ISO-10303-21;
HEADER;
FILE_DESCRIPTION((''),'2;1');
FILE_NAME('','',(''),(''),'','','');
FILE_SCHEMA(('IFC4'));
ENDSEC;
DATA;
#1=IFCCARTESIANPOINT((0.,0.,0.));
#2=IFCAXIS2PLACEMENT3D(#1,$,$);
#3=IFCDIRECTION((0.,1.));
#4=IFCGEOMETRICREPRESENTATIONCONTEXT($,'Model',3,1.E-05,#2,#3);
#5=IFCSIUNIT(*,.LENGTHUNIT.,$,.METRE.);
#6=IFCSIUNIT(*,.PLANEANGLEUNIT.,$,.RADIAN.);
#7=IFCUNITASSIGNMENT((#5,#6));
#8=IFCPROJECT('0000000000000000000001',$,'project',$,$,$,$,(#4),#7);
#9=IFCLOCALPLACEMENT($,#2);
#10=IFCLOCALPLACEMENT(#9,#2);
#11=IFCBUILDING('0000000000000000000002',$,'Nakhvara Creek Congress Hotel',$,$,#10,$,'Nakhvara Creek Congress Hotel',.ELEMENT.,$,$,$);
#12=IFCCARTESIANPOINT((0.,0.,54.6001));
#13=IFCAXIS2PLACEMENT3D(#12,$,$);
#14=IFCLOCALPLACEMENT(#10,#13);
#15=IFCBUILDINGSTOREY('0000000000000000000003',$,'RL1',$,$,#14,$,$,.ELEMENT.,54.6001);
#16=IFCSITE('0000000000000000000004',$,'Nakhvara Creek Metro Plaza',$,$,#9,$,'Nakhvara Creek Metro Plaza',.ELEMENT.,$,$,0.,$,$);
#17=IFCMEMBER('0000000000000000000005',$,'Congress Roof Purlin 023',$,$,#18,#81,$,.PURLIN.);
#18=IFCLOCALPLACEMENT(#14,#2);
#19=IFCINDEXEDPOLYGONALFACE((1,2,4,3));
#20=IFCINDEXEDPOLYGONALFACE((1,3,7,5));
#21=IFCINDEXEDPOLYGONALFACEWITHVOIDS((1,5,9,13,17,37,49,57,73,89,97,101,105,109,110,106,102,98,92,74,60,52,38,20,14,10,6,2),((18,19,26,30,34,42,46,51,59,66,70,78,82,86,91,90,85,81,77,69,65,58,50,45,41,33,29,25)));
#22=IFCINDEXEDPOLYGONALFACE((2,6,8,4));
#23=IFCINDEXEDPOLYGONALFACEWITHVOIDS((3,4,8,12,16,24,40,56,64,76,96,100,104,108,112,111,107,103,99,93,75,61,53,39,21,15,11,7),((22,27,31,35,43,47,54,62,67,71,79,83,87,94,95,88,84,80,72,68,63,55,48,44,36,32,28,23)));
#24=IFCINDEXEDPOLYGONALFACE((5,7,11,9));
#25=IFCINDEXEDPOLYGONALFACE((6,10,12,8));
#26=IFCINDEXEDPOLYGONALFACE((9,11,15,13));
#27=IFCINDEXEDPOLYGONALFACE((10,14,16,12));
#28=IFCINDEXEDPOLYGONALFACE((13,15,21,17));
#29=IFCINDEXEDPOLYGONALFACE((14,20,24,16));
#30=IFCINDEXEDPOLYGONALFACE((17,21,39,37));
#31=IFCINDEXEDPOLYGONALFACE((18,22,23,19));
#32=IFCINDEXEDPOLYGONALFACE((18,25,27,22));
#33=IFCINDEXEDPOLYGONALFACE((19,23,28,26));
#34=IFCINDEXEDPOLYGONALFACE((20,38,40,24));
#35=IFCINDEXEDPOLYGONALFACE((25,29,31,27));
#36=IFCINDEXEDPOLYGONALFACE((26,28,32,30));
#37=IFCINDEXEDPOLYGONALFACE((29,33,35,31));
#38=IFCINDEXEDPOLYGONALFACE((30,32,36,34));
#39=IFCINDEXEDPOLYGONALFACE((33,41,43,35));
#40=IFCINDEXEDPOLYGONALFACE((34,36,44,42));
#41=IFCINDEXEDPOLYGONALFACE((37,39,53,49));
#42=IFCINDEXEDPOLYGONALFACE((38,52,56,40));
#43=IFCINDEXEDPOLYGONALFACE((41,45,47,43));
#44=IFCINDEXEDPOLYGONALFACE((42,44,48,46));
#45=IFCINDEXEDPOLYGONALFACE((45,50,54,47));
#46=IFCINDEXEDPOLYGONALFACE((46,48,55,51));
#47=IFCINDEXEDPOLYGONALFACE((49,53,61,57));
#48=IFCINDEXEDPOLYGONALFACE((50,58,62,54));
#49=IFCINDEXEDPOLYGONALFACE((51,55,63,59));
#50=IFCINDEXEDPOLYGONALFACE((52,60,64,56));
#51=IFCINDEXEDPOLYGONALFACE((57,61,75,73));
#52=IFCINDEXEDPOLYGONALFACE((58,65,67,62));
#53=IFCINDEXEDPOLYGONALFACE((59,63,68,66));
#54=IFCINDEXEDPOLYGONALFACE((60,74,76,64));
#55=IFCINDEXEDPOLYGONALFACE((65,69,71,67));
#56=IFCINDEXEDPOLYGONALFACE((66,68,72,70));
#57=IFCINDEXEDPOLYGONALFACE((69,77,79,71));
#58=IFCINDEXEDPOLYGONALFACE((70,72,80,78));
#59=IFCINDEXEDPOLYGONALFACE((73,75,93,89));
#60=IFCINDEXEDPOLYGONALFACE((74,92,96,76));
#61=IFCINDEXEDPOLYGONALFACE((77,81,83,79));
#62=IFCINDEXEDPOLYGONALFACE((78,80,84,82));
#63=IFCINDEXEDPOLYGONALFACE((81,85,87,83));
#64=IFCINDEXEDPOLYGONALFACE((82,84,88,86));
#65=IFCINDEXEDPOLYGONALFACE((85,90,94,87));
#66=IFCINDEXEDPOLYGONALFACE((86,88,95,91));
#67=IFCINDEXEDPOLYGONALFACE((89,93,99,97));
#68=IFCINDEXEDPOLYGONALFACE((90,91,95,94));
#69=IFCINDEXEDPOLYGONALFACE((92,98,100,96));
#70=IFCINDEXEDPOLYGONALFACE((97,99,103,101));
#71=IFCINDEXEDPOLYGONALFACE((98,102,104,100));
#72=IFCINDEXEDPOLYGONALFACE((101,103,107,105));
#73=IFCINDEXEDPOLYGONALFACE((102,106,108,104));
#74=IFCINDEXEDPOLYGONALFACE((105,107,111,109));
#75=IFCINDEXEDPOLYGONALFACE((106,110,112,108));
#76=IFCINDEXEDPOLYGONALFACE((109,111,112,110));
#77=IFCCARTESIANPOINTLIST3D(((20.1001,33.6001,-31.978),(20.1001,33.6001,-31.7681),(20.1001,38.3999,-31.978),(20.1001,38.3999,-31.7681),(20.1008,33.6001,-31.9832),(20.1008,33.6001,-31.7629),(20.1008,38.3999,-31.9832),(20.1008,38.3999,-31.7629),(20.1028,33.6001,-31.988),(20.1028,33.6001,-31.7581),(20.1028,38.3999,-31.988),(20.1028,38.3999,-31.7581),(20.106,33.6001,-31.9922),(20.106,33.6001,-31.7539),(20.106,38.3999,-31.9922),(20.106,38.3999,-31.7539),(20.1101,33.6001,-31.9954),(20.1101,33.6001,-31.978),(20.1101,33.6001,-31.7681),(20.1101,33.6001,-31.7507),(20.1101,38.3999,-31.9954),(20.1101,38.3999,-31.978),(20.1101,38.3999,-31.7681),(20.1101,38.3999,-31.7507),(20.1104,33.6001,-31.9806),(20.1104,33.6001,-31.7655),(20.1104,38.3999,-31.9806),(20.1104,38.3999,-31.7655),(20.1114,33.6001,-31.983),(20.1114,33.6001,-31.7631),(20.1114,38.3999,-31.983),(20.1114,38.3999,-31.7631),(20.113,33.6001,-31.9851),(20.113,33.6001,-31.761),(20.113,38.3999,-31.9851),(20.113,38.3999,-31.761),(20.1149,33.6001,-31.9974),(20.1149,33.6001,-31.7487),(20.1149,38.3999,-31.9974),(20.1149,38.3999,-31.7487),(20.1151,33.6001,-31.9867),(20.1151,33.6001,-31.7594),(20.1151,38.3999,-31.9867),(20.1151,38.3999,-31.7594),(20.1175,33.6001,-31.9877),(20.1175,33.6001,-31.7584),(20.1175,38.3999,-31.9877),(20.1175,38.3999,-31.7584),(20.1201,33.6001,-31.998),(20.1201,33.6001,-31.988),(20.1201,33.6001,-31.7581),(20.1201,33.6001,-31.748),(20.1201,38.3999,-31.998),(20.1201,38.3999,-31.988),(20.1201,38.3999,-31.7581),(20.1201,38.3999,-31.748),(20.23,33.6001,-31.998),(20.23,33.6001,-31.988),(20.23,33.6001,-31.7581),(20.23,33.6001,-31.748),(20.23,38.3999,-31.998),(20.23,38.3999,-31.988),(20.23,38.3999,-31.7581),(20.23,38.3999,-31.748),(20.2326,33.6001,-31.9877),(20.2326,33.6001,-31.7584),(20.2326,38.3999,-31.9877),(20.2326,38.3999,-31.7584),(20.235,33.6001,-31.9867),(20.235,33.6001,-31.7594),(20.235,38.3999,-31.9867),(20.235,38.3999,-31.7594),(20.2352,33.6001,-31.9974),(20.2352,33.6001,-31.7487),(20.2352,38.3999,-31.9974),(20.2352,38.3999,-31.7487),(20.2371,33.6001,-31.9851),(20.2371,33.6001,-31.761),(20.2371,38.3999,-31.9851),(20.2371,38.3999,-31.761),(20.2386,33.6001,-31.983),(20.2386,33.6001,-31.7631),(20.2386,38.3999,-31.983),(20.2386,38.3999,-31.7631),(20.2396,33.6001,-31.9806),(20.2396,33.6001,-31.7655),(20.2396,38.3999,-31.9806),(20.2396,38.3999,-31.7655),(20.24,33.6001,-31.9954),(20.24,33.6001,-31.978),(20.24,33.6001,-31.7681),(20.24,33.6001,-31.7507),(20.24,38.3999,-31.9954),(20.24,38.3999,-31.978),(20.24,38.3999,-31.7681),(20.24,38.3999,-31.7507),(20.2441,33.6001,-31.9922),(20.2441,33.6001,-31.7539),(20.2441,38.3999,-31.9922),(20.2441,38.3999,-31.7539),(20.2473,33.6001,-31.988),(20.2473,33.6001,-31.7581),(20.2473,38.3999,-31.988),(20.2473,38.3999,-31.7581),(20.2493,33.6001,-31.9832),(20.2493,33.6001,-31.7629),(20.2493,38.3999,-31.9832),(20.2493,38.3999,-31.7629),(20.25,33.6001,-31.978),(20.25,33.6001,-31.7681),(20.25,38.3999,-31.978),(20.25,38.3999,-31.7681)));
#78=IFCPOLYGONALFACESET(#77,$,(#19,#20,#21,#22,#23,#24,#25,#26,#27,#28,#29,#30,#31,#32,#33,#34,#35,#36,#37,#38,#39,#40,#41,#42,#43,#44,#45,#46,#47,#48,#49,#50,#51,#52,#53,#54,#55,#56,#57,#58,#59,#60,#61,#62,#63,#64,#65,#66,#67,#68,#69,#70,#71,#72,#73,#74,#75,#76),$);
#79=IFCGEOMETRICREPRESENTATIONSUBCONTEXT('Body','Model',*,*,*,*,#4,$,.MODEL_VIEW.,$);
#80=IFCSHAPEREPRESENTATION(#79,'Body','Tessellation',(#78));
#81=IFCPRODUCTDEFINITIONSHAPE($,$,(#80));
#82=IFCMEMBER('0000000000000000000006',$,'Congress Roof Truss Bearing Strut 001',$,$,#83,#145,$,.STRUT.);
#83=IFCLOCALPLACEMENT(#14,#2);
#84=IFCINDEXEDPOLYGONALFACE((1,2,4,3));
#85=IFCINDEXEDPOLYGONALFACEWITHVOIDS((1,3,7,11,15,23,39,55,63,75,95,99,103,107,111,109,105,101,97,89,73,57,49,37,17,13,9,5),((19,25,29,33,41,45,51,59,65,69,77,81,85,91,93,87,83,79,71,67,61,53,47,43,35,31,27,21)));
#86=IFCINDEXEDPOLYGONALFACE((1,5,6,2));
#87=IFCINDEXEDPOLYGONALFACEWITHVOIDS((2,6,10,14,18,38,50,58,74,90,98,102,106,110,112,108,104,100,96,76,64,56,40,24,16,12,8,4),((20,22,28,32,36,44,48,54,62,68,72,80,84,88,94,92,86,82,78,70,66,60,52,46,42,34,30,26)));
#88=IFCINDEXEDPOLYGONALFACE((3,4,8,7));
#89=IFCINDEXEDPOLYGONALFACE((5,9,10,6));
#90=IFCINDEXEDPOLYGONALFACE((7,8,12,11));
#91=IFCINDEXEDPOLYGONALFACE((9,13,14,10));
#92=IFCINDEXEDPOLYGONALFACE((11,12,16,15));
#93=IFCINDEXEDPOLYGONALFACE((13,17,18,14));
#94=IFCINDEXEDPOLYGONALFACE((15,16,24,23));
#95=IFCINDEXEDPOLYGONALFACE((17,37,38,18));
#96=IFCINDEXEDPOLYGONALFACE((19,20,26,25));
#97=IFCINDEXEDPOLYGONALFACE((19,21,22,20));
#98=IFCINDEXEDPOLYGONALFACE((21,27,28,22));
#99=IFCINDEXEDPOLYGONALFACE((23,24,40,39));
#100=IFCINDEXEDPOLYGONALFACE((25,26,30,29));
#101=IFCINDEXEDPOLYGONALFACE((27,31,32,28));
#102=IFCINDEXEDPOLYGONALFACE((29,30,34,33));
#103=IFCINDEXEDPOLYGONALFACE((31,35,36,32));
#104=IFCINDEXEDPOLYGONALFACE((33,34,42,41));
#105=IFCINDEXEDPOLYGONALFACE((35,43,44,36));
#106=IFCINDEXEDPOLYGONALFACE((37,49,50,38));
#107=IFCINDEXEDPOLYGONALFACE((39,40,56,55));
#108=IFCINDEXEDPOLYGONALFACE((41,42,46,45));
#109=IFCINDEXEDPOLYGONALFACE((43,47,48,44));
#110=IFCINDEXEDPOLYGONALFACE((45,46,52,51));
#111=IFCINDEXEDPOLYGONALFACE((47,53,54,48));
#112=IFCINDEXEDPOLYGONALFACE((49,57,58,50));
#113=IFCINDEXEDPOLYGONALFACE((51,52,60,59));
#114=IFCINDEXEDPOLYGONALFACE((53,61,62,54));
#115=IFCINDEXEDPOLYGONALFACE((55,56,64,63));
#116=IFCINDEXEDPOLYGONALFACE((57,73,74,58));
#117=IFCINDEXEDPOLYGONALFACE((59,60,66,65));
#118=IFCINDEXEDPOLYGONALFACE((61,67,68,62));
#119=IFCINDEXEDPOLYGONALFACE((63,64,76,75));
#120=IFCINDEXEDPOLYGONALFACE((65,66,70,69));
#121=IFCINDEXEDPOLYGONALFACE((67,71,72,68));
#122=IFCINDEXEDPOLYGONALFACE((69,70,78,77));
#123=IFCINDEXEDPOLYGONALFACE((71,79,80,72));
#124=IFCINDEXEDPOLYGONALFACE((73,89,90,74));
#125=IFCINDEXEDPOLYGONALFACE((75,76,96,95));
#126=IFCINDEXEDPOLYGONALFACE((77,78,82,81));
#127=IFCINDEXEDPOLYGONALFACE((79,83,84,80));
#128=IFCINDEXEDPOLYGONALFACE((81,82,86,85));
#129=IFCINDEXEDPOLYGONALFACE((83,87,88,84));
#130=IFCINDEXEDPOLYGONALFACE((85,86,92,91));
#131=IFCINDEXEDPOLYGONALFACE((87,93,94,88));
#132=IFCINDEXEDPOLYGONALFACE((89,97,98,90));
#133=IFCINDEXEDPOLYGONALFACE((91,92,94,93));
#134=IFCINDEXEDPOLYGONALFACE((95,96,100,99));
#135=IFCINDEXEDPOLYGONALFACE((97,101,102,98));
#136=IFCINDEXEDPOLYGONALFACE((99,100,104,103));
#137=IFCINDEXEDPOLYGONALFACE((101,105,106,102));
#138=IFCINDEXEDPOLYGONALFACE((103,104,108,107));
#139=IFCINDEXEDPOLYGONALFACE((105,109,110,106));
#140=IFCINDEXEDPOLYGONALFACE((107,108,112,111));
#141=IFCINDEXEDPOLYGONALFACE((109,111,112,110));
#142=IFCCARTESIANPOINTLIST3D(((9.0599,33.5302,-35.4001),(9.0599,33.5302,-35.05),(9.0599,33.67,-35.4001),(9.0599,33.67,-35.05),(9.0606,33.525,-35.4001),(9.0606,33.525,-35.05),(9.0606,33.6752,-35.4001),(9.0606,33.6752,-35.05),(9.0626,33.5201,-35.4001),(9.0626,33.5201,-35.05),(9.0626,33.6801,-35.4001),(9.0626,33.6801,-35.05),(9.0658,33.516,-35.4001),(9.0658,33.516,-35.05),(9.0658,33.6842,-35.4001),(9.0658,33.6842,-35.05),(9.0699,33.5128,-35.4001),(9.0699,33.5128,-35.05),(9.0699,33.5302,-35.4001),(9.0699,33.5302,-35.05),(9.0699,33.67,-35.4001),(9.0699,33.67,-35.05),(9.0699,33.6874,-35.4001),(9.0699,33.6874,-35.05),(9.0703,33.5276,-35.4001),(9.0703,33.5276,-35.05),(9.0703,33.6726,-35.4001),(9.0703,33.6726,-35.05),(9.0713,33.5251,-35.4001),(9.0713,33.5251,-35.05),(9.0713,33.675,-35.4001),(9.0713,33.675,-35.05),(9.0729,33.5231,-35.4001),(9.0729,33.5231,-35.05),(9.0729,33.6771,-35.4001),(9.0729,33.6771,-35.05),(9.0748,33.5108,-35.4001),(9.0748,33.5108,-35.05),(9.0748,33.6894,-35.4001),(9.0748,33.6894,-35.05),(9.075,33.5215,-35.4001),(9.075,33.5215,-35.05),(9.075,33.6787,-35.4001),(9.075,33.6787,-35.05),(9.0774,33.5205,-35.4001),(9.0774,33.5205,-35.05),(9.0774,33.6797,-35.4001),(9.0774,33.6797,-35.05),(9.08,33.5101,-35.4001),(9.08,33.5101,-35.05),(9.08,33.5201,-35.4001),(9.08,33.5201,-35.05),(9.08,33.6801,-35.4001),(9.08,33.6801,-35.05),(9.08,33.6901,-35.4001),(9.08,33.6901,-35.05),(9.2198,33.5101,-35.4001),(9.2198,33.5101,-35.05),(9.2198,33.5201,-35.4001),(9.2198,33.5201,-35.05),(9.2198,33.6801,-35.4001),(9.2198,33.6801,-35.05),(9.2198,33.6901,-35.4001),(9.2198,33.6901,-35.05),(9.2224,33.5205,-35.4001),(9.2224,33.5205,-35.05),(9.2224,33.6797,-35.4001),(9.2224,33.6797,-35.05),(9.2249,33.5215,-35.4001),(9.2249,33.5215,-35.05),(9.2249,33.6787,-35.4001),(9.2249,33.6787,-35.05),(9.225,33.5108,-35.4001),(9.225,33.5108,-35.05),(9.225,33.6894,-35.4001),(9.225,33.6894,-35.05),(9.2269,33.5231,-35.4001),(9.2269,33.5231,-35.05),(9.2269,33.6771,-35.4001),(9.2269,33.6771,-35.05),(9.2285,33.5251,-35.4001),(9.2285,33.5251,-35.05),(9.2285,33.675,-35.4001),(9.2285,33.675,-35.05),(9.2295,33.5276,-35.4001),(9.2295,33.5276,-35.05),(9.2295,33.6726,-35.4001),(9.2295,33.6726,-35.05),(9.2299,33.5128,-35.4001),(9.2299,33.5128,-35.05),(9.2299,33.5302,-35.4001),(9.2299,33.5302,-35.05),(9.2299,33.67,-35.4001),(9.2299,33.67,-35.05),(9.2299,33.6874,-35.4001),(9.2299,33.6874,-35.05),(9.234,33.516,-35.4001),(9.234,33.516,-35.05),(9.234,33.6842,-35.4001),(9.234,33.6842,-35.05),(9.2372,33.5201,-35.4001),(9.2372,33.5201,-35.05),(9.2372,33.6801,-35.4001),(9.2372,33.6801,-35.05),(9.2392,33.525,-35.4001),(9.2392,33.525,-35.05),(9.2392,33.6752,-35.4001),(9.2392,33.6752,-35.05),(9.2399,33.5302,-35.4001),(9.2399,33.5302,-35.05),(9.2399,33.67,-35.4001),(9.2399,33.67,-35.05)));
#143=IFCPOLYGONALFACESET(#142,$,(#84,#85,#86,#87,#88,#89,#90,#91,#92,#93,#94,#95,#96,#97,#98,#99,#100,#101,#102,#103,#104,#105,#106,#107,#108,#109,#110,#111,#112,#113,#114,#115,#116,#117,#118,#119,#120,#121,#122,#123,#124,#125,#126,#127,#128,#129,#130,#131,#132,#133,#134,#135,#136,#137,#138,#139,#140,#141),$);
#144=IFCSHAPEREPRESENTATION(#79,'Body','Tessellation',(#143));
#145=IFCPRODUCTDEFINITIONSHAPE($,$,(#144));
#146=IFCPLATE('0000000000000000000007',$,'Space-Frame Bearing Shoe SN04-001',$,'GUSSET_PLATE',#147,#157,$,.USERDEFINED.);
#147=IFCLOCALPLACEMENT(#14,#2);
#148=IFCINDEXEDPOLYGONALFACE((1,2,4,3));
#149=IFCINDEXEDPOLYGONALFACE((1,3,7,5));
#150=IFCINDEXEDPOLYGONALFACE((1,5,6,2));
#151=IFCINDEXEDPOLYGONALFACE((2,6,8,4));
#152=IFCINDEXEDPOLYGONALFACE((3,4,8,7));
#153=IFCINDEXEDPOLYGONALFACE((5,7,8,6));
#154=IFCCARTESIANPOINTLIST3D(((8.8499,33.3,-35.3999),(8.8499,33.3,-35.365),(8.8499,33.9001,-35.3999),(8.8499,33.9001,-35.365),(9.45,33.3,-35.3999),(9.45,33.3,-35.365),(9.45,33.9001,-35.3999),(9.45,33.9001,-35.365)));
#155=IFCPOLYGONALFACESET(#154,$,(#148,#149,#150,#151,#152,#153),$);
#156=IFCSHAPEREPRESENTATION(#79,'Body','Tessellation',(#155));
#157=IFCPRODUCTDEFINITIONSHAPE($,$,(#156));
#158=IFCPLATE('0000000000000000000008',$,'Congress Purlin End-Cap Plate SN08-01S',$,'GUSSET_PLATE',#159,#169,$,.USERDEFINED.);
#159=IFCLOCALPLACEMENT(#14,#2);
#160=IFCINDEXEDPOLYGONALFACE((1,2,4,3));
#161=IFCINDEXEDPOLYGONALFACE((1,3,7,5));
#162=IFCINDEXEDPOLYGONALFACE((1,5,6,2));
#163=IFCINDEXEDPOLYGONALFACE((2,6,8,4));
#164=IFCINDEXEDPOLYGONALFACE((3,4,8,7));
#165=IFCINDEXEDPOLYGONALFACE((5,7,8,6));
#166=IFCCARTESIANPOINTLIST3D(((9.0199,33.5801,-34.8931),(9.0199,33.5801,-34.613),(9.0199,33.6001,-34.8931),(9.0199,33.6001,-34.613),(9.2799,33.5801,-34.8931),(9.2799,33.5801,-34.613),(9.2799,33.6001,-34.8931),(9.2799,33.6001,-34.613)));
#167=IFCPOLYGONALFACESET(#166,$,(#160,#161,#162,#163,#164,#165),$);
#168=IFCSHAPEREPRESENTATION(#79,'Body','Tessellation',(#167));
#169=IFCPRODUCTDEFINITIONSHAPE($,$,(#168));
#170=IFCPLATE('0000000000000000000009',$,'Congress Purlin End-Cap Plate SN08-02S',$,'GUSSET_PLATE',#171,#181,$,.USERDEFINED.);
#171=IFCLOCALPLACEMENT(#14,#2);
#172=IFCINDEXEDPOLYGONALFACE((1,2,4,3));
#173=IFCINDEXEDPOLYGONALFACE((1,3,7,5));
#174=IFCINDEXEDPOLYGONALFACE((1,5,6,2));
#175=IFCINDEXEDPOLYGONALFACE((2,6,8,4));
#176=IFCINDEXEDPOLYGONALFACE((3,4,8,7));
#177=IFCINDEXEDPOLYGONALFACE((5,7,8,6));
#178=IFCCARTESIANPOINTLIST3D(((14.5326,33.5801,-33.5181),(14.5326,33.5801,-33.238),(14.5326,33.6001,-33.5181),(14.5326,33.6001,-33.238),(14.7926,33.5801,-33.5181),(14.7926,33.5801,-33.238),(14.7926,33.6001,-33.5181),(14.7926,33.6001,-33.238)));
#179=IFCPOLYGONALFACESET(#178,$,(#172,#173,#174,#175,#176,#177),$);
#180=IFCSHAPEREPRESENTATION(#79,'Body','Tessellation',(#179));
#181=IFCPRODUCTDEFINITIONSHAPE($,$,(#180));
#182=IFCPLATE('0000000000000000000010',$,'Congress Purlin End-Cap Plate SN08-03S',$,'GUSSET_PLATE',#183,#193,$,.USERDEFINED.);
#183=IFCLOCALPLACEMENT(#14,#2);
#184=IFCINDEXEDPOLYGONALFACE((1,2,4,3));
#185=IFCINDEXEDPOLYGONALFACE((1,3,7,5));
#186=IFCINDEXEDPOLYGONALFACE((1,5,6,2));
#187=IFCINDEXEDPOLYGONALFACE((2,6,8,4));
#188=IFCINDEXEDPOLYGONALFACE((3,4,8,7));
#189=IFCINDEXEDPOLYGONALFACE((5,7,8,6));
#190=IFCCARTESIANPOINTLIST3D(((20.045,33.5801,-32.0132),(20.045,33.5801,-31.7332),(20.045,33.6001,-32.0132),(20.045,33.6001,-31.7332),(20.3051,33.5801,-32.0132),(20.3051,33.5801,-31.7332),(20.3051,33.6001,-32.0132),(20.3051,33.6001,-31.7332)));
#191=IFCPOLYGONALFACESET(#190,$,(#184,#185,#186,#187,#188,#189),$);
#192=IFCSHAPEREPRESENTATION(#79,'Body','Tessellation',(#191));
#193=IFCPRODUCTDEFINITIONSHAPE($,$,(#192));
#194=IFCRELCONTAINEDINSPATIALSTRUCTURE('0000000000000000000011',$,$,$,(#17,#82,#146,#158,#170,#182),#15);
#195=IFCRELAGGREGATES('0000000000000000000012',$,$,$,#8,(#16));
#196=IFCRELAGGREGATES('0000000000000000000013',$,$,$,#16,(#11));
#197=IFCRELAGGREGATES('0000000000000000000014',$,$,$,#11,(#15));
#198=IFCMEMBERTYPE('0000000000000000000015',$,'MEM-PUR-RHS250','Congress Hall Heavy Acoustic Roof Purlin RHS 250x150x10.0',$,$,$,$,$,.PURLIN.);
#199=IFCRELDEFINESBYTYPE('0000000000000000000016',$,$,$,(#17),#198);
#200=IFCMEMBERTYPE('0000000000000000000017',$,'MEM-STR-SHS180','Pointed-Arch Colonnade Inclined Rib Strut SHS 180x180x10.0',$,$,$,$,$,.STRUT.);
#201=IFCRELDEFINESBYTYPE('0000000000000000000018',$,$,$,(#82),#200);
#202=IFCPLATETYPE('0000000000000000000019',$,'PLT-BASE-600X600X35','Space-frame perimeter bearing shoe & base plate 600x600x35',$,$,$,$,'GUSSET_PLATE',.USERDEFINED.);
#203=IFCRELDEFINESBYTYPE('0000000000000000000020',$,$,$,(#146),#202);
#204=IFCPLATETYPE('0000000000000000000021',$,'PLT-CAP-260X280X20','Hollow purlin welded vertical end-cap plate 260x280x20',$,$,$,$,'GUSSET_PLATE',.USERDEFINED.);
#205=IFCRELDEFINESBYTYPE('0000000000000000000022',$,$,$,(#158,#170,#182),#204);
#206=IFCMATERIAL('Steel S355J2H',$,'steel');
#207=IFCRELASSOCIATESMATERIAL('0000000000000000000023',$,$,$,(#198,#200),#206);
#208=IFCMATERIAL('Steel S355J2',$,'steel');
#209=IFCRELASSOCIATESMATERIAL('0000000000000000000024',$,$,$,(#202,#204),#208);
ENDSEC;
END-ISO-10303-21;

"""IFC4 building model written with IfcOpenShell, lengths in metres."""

from ifc_helpers import new_model, si_unit, direction, frame, origin, origin_2d, place, context, subcontext, project, spatial, rectangle, hollow_rectangle, extrude, material, material_profile, profile_set, type_object, element, save


model = new_model("IFC4")

# Units and contexts
model_context = context("Model", 3, precision=1e-05, world=origin(), true_north=direction((0.0, 1.0)))
body_context = subcontext(model_context, "Body", "Model", "MODEL_VIEW")
ifc_project = project(units=[si_unit("LENGTHUNIT", "METRE"), si_unit("PLANEANGLEUNIT", "RADIAN")], contexts=[model_context])

# Site, building, storey
site_placement = place(None, origin())
site = spatial("IfcSite", under=ifc_project, at=site_placement, Name="Nakhvara Creek Metro Plaza", LongName="Nakhvara Creek Metro Plaza", CompositionType="ELEMENT", RefElevation=0.0)
building_placement = place(site_placement, origin())
building = spatial("IfcBuilding", under=site, at=building_placement, Name="Nakhvara Creek Congress Hotel", LongName="Nakhvara Creek Congress Hotel", CompositionType="ELEMENT")
storey_placement = place(building_placement, frame((0.0, 0.0, 54.6001)))
storey = spatial("IfcBuildingStorey", under=building, at=storey_placement, Name="RL1", CompositionType="ELEMENT", Elevation=54.6001)

# Members
ifc_material_1 = material(Name="Steel S355J2H", Category="steel")
ifc_material_profile_1 = material_profile(ifc_material_1, hollow_rectangle(XDim=0.1499, YDim=0.25, WallThickness=0.01, InnerFilletRadius=0.01, OuterFilletRadius=0.02, at=origin_2d()), Name="RHS 250x150x10.0", Category="LoadBearing")
ifc_profile_set_1 = profile_set([ifc_material_profile_1], Name="Steel S355J2H")
member_type_1 = type_object("IfcMemberType", Name="MEM-PUR-RHS250", Description="Congress Hall Heavy Acoustic Roof Purlin RHS 250x150x10.0", PredefinedType="PURLIN", material=ifc_profile_set_1)
for number, where, z_axis, x_axis, name in (
    (1, (20.175, 33.6001, -31.873), (0.0, 1.0, 0.0), (-1.0, 0.0, 0.0), "Congress Roof Purlin 023"),
):
    element("IfcMember", number, at=place(storey_placement, frame(where, z_axis=z_axis, x_axis=x_axis)), inside=storey, type_object=member_type_1, Name=name, PredefinedType="PURLIN", context=body_context, shape_type="SweptSolid", body=[
        extrude(hollow_rectangle(XDim=0.1499, YDim=0.25, WallThickness=0.01, InnerFilletRadius=0.01, OuterFilletRadius=0.02, at=origin_2d()), origin(), (0.0, 0.0, 1.0), 4.7998),
    ])
ifc_material_profile_2 = material_profile(ifc_material_1, hollow_rectangle(XDim=0.1799, YDim=0.1799, WallThickness=0.01, InnerFilletRadius=0.01, OuterFilletRadius=0.02, at=origin_2d()), Name="SHS 180x180x10.0", Category="LoadBearing")
ifc_profile_set_2 = profile_set([ifc_material_profile_2], Name="Steel S355J2H")
member_type_2 = type_object("IfcMemberType", Name="MEM-STR-SHS180", Description="Pointed-Arch Colonnade Inclined Rib Strut SHS 180x180x10.0", PredefinedType="STRUT", material=ifc_profile_set_2)
member_1_placement = place(storey_placement, frame((9.1499, 33.6001, -35.4001), z_axis=(0.0, 0.0, 1.0), x_axis=(1.0, 0.0, 0.0)))
element("IfcMember", 2, at=member_1_placement, inside=storey, type_object=member_type_2, Name="Congress Roof Truss Bearing Strut 001", PredefinedType="STRUT", context=body_context, shape_type="SweptSolid", body=[
    extrude(hollow_rectangle(XDim=0.1799, YDim=0.1799, WallThickness=0.01, InnerFilletRadius=0.01, OuterFilletRadius=0.02, at=origin_2d()), origin(), (0.0, 0.0, 1.0), 0.3501),
])

# Plates
ifc_material_2 = material(Name="Steel S355J2", Category="steel")
plate_type_1 = type_object("IfcPlateType", Name="PLT-BASE-600X600X35", Description="Space-frame perimeter bearing shoe & base plate 600x600x35", ElementType="GUSSET_PLATE", PredefinedType="USERDEFINED", material=ifc_material_2)
plate_1_placement = place(storey_placement, frame((9.1499, 33.6001, -35.3999), z_axis=(0.0, 0.0, 1.0), x_axis=(1.0, 0.0, 0.0)))
element("IfcPlate", 3, at=plate_1_placement, inside=storey, type_object=plate_type_1, Name="Space-Frame Bearing Shoe SN04-001", ObjectType="GUSSET_PLATE", PredefinedType="USERDEFINED", context=body_context, shape_type="SweptSolid", body=[
    extrude(rectangle(XDim=0.6001, YDim=0.6001, at=origin_2d()), origin(), (0.0, 0.0, 1.0), 0.0349),
])
plate_type_2 = type_object("IfcPlateType", Name="PLT-CAP-260X280X20", Description="Hollow purlin welded vertical end-cap plate 260x280x20", ElementType="GUSSET_PLATE", PredefinedType="USERDEFINED", material=ifc_material_2)
for number, where, z_axis, x_axis, name in (
    (4, (9.1499, 33.5901, -34.8931), (0.0, 0.0, 1.0), (1.0, 0.0, 0.0), "Congress Purlin End-Cap Plate SN08-01S"),
    (5, (14.6626, 33.5901, -33.5181), (0.0, 0.0, 1.0), (1.0, 0.0, 0.0), "Congress Purlin End-Cap Plate SN08-02S"),
    (6, (20.175, 33.5901, -32.0132), (0.0, 0.0, 1.0), (1.0, 0.0, 0.0), "Congress Purlin End-Cap Plate SN08-03S"),
):
    element("IfcPlate", number, at=place(storey_placement, frame(where, z_axis=z_axis, x_axis=x_axis)), inside=storey, type_object=plate_type_2, Name=name, ObjectType="GUSSET_PLATE", PredefinedType="USERDEFINED", context=body_context, shape_type="SweptSolid", body=[
        extrude(rectangle(XDim=0.26, YDim=0.02, at=origin_2d()), origin(), (0.0, 0.0, 1.0), 0.28),
    ])

save(model, "model.ifc")
